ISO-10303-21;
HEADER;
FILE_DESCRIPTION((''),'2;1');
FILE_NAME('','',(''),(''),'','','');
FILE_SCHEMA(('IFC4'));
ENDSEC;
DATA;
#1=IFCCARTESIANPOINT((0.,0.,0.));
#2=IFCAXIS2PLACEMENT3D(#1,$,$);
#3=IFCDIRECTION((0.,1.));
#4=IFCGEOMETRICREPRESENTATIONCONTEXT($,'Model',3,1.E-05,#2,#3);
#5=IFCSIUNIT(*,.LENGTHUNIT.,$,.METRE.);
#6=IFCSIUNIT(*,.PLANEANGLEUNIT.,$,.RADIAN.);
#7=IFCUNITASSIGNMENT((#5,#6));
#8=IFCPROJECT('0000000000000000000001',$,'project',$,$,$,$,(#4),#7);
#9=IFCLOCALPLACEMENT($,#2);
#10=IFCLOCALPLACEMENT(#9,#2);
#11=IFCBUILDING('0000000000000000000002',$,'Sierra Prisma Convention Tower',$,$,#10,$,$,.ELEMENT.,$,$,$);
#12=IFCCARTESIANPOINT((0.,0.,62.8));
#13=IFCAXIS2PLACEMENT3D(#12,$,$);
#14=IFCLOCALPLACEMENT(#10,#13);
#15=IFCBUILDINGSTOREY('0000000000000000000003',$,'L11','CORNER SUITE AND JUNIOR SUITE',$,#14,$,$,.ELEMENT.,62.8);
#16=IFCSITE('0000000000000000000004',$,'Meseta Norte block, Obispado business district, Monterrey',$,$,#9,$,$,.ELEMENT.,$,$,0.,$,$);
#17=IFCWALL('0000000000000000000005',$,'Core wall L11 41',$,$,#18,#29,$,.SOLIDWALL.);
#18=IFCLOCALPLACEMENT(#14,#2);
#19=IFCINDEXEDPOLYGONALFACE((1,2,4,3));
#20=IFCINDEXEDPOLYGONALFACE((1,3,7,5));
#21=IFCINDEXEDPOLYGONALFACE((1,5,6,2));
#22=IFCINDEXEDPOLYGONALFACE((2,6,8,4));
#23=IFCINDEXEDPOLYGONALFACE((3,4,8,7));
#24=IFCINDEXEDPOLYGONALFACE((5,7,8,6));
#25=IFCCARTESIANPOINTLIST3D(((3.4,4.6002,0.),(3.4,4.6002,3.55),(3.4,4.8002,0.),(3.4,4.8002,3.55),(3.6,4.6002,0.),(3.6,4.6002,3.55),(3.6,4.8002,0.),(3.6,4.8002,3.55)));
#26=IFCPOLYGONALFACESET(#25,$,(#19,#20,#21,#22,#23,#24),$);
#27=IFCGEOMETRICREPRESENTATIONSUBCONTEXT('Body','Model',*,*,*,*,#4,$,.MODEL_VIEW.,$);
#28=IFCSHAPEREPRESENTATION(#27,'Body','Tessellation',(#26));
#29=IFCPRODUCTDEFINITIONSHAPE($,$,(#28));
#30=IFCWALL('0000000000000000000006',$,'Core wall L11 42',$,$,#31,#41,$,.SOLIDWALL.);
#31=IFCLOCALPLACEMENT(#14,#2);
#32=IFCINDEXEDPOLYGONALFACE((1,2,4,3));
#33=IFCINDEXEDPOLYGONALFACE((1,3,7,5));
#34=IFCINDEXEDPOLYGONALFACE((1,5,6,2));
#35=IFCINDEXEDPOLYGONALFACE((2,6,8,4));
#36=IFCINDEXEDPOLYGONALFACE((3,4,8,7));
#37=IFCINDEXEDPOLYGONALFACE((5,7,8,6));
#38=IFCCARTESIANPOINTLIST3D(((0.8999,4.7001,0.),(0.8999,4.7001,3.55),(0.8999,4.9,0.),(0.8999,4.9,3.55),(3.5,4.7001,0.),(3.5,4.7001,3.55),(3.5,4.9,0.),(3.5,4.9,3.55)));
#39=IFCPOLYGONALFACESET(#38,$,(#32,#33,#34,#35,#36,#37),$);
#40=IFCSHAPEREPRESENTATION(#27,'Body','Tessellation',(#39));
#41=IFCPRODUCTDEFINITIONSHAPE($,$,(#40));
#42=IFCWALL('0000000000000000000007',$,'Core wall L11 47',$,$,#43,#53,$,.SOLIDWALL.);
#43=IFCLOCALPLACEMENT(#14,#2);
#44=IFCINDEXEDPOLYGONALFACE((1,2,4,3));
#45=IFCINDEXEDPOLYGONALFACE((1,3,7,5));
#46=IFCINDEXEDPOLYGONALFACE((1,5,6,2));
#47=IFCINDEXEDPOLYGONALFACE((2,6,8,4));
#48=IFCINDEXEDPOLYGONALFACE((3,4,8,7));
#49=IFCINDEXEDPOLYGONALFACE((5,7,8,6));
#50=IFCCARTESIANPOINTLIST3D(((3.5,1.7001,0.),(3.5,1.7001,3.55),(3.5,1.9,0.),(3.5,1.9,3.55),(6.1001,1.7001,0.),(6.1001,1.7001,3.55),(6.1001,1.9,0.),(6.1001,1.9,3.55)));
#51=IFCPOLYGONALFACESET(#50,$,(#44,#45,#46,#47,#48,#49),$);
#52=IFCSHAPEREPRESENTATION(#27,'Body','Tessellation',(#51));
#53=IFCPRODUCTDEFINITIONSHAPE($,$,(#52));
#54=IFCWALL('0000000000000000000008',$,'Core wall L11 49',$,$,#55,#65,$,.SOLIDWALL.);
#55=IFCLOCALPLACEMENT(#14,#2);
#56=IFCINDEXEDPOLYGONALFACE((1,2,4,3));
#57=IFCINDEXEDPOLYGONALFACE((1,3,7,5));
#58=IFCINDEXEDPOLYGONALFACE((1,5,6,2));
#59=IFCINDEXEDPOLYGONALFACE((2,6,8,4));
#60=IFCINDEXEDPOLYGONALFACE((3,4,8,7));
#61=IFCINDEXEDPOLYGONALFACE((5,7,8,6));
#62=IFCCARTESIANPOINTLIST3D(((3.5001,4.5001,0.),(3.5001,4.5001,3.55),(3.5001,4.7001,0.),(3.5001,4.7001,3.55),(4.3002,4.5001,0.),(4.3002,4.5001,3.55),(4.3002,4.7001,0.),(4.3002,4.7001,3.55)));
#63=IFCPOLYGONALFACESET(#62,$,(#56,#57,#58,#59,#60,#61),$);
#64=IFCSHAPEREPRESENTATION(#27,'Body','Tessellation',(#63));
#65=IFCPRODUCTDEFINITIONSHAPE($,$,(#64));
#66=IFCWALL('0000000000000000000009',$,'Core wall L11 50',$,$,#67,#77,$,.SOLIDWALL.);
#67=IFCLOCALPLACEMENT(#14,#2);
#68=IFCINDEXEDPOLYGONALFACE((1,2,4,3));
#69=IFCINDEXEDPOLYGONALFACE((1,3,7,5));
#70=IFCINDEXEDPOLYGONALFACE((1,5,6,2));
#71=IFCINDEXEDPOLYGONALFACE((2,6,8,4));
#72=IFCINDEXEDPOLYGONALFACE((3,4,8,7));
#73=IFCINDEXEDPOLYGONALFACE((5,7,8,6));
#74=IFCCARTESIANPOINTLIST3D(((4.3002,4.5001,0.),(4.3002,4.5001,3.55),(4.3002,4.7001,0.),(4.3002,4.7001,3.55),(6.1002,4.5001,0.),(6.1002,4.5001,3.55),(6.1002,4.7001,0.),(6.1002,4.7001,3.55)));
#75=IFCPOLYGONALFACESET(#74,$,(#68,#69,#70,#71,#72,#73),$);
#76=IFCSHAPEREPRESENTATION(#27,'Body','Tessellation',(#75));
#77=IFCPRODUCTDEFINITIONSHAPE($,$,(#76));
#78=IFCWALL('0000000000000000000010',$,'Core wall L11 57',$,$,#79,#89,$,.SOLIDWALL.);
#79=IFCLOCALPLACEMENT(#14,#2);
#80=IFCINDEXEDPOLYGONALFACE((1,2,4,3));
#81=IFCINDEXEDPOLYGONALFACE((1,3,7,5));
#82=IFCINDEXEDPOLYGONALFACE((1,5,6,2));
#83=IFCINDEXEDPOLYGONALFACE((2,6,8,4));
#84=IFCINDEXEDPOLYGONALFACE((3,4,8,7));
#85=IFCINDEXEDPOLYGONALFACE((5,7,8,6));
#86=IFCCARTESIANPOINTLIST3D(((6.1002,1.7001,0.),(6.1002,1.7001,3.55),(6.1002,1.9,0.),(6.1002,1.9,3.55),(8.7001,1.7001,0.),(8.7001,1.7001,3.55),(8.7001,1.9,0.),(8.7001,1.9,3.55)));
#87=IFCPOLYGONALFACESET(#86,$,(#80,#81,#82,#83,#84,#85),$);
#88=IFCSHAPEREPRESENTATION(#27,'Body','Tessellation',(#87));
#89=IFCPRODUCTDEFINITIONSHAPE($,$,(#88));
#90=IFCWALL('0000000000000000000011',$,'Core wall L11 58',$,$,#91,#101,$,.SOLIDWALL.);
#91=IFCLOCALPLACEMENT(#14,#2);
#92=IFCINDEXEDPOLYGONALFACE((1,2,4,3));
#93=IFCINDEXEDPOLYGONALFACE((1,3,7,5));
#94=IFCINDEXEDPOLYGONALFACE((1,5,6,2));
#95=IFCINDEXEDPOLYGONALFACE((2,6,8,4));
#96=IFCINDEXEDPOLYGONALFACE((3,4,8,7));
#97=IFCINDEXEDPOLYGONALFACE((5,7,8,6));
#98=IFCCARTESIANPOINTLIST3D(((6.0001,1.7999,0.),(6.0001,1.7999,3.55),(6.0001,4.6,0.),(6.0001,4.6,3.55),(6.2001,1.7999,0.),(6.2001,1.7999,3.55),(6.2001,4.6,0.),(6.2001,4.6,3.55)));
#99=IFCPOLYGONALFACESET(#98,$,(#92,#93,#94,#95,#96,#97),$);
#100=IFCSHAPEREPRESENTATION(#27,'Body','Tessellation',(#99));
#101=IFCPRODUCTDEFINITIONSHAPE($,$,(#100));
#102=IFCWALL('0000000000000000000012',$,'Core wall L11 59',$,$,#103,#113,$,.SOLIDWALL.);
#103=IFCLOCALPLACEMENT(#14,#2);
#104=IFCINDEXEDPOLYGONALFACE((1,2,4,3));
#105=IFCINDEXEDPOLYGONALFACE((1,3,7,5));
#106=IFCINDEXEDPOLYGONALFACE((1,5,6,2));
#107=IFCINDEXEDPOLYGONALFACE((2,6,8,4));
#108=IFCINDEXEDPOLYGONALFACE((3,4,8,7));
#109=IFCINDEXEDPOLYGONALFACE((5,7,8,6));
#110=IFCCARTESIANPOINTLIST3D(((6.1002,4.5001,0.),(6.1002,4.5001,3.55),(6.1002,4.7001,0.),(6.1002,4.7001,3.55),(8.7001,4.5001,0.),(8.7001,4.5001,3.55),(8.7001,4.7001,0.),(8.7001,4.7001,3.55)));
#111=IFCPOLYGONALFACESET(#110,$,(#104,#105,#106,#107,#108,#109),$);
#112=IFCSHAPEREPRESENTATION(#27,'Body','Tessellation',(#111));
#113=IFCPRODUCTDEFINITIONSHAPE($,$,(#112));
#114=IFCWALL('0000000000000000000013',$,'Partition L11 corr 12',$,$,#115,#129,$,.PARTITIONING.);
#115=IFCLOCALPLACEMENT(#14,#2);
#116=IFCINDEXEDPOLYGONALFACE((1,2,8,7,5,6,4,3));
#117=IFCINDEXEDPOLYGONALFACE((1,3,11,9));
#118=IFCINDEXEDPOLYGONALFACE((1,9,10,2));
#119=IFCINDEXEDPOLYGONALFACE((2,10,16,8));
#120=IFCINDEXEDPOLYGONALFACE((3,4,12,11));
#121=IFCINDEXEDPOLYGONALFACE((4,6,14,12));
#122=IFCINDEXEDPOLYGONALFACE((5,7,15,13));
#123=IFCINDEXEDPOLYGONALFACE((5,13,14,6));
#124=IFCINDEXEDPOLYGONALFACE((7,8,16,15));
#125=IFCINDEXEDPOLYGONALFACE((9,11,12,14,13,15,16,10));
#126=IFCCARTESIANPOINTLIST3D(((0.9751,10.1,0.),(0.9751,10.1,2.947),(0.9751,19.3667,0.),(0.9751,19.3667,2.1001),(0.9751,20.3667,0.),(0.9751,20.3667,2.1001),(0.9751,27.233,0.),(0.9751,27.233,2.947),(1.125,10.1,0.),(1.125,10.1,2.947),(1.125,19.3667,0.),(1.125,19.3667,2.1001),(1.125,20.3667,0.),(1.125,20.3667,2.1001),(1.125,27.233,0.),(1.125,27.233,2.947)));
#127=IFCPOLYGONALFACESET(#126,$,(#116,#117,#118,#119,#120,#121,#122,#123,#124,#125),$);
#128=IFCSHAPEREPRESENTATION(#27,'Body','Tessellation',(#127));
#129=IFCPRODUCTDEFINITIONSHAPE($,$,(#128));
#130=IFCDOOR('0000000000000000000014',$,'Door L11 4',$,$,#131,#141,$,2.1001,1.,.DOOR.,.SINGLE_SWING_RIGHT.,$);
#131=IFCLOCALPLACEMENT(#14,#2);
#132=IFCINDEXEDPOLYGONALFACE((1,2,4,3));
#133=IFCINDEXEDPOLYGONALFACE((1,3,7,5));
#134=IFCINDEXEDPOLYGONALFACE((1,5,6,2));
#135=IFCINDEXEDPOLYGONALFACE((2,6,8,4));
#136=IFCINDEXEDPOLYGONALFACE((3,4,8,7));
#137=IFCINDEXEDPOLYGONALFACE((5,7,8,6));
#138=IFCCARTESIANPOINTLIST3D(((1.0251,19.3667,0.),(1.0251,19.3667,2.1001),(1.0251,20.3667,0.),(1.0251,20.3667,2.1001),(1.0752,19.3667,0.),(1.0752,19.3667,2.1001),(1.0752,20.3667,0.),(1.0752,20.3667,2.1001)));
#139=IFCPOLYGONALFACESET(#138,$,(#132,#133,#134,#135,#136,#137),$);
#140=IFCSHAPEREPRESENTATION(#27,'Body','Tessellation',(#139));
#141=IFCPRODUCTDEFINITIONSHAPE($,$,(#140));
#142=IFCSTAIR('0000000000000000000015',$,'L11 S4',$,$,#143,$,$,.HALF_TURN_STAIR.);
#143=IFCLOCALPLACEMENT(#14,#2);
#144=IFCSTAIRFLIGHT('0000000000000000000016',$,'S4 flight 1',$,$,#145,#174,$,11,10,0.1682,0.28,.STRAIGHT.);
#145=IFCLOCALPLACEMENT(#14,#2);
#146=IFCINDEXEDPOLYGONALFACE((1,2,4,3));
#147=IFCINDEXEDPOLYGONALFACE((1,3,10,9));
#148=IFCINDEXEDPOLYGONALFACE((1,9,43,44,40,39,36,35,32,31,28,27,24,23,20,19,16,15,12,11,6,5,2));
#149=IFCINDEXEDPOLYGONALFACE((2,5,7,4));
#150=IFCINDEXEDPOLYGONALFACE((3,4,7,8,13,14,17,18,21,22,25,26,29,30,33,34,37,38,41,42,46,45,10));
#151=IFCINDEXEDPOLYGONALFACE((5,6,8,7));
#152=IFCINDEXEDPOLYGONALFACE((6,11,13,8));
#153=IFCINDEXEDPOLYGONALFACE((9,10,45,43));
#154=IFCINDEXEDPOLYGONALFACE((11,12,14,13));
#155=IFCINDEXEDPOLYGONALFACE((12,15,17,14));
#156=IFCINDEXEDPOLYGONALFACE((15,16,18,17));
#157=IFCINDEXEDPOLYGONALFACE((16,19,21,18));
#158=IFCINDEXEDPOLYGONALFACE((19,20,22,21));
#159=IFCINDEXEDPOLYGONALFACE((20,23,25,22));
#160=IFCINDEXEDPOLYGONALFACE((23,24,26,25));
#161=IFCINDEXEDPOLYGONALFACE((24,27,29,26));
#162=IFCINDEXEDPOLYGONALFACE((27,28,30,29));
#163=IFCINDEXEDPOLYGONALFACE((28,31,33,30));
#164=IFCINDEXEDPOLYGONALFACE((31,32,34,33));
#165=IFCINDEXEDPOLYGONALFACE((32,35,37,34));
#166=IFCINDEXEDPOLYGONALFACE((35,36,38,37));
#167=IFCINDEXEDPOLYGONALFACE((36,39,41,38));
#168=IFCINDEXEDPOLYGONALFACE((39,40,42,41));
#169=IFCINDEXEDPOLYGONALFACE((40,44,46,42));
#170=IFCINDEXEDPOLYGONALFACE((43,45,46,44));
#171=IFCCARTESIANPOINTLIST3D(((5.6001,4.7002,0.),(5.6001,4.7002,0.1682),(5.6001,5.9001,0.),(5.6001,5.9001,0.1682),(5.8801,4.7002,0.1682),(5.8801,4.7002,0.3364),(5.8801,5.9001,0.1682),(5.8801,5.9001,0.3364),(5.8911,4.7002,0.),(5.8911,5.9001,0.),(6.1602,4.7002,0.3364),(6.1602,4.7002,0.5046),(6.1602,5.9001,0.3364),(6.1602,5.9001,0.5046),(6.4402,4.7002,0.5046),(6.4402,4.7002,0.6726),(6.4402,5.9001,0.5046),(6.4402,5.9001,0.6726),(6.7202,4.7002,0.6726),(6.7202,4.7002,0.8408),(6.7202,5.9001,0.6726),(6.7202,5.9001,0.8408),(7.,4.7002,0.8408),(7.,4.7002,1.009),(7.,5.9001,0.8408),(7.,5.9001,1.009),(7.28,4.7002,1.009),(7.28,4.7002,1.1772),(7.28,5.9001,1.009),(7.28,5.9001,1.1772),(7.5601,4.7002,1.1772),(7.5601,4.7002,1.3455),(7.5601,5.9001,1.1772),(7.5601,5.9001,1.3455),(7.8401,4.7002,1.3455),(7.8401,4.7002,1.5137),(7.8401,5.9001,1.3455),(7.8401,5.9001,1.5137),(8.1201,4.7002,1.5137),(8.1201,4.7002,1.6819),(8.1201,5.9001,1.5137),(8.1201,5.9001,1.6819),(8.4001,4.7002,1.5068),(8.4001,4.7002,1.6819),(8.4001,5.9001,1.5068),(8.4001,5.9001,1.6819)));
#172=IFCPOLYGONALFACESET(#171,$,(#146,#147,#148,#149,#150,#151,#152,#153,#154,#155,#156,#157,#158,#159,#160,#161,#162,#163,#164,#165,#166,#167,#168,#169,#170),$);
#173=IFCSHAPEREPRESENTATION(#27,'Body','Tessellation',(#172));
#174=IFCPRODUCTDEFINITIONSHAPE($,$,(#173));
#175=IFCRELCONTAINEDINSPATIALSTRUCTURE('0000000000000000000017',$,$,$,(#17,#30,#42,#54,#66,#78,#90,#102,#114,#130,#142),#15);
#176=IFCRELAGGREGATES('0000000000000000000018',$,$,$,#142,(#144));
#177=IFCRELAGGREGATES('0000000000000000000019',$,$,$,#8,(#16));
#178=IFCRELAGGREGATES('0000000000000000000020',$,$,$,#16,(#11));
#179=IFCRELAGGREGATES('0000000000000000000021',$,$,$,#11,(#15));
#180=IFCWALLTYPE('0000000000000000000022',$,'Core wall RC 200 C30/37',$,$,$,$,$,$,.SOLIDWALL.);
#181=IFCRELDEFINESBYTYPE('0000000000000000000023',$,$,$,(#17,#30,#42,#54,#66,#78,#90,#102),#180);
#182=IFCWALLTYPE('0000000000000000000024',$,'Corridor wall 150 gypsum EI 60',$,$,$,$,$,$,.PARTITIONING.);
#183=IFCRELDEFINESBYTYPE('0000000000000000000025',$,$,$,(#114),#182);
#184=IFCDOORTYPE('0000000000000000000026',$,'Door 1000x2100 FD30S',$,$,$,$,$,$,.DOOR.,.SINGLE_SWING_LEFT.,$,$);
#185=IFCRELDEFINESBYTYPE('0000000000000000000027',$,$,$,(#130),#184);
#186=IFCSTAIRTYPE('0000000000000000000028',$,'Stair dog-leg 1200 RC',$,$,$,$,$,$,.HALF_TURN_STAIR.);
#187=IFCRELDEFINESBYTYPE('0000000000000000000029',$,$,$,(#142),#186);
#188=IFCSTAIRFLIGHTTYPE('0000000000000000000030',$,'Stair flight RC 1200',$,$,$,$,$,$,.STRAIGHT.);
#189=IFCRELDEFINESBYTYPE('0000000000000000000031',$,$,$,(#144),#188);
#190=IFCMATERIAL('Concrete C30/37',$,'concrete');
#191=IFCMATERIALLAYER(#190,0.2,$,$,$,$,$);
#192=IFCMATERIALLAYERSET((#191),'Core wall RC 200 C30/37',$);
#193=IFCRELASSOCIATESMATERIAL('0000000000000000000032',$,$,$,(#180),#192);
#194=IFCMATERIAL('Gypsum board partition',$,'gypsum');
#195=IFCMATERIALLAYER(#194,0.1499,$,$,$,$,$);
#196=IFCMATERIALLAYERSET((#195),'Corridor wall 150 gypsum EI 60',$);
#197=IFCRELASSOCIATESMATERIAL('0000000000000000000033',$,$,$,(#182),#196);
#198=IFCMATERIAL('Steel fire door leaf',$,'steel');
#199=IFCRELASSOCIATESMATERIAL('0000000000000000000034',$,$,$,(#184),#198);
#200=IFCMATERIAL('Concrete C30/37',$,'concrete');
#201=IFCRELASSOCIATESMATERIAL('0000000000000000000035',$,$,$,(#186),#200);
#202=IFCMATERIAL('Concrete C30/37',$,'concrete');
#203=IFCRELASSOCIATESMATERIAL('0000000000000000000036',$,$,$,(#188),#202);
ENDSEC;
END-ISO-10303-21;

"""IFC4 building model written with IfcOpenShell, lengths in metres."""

from ifc_helpers import new_model, si_unit, direction, frame, frame_2d, origin, place, context, subcontext, project, spatial, polyline, rectangle, outline, extrude, material, layer, layer_set, type_object, element, fill, aggregate, save


model = new_model("IFC4")

# Units and contexts
model_context = context("Model", 3, precision=1e-05, world=origin(), true_north=direction((0.0, 1.0)))
body_context = subcontext(model_context, "Body", "Model", "MODEL_VIEW")
ifc_project = project(units=[si_unit("LENGTHUNIT", "METRE"), si_unit("PLANEANGLEUNIT", "RADIAN")], contexts=[model_context])

# Site, building, storey
site_placement = place(None, origin())
site = spatial("IfcSite", under=ifc_project, at=site_placement, Name="Meseta Norte block, Obispado business district, Monterrey", CompositionType="ELEMENT", RefElevation=0.0)
building_placement = place(site_placement, origin())
building = spatial("IfcBuilding", under=site, at=building_placement, Name="Sierra Prisma Convention Tower", CompositionType="ELEMENT")
storey_placement = place(building_placement, frame((0.0, 0.0, 62.8)))
storey = spatial("IfcBuildingStorey", under=building, at=storey_placement, Name="L11", Description="CORNER SUITE AND JUNIOR SUITE", CompositionType="ELEMENT", Elevation=62.8)

# Walls
ifc_material_1 = material(Name="Concrete C30/37", Category="concrete")
ifc_layer_1 = layer(ifc_material_1, 0.2)
ifc_layer_set_1 = layer_set([ifc_layer_1], Name="Core wall RC 200 C30/37")
wall_type_1 = type_object("IfcWallType", Name="Core wall RC 200 C30/37", PredefinedType="SOLIDWALL", material=ifc_layer_set_1)
wall_1_placement = place(storey_placement, frame((3.5, 4.6001, 0.0), z_axis=(0.0, 0.0, 1.0), x_axis=(0.0, 1.0, 0.0)))
element("IfcWall", 1, at=wall_1_placement, inside=storey, type_object=wall_type_1, Name="Core wall L11 41", PredefinedType="SOLIDWALL", context=body_context, shape_type="SweptSolid", body=[
    extrude(rectangle(XDim=0.2, YDim=0.2, at=frame_2d((0.1001, 0.0))), origin(), (0.0, 0.0, 1.0), 3.55),
])
wall_2_placement = place(storey_placement, frame((3.5, 4.8, 0.0), z_axis=(0.0, 0.0, 1.0), x_axis=(-1.0, 0.0, 0.0)))
element("IfcWall", 2, at=wall_2_placement, inside=storey, type_object=wall_type_1, Name="Core wall L11 42", PredefinedType="SOLIDWALL", context=body_context, shape_type="SweptSolid", body=[
    extrude(rectangle(XDim=2.6001, YDim=0.2, at=frame_2d((1.3, 0.0))), origin(), (0.0, 0.0, 1.0), 3.55),
])

# Walls
wall_3_placement = place(storey_placement, frame((6.1001, 1.8, 0.0), z_axis=(0.0, 0.0, 1.0), x_axis=(-1.0, 0.0, 0.0)))
element("IfcWall", 3, at=wall_3_placement, inside=storey, type_object=wall_type_1, Name="Core wall L11 47", PredefinedType="SOLIDWALL", context=body_context, shape_type="SweptSolid", body=[
    extrude(rectangle(XDim=2.6001, YDim=0.2, at=frame_2d((1.3, 0.0))), origin(), (0.0, 0.0, 1.0), 3.55),
])
wall_4_placement = place(storey_placement, frame((4.3, 4.6001, 0.0), z_axis=(0.0, 0.0, 1.0), x_axis=(-1.0, 0.0, 0.0)))
element("IfcWall", 4, at=wall_4_placement, inside=storey, type_object=wall_type_1, Name="Core wall L11 49", PredefinedType="SOLIDWALL", context=body_context, shape_type="SweptSolid", body=[
    extrude(rectangle(XDim=0.8, YDim=0.2, at=frame_2d((0.3999, 0.0))), origin(), (0.0, 0.0, 1.0), 3.55),
])
wall_5_placement = place(storey_placement, frame((6.1001, 4.6001, 0.0), z_axis=(0.0, 0.0, 1.0), x_axis=(-1.0, 0.0, 0.0)))
element("IfcWall", 5, at=wall_5_placement, inside=storey, type_object=wall_type_1, Name="Core wall L11 50", PredefinedType="SOLIDWALL", context=body_context, shape_type="SweptSolid", body=[
    extrude(rectangle(XDim=1.8, YDim=0.2, at=frame_2d((0.8999, 0.0))), origin(), (0.0, 0.0, 1.0), 3.55),
])

# Walls
wall_6_placement = place(storey_placement, frame((8.7, 1.8, 0.0), z_axis=(0.0, 0.0, 1.0), x_axis=(-1.0, 0.0, 0.0)))
element("IfcWall", 6, at=wall_6_placement, inside=storey, type_object=wall_type_1, Name="Core wall L11 57", PredefinedType="SOLIDWALL", context=body_context, shape_type="SweptSolid", body=[
    extrude(rectangle(XDim=2.5999, YDim=0.2, at=frame_2d((1.2998, 0.0))), origin(), (0.0, 0.0, 1.0), 3.55),
])
wall_7_placement = place(storey_placement, frame((6.1001, 1.8, 0.0), z_axis=(0.0, 0.0, 1.0), x_axis=(0.0, 1.0, 0.0)))
element("IfcWall", 7, at=wall_7_placement, inside=storey, type_object=wall_type_1, Name="Core wall L11 58", PredefinedType="SOLIDWALL", context=body_context, shape_type="SweptSolid", body=[
    extrude(rectangle(XDim=2.8, YDim=0.2, at=frame_2d((1.3999, 0.0))), origin(), (0.0, 0.0, 1.0), 3.55),
])
wall_8_placement = place(storey_placement, frame((8.7, 4.6001, 0.0), z_axis=(0.0, 0.0, 1.0), x_axis=(-1.0, 0.0, 0.0)))
element("IfcWall", 8, at=wall_8_placement, inside=storey, type_object=wall_type_1, Name="Core wall L11 59", PredefinedType="SOLIDWALL", context=body_context, shape_type="SweptSolid", body=[
    extrude(rectangle(XDim=2.5999, YDim=0.2, at=frame_2d((1.2998, 0.0))), origin(), (0.0, 0.0, 1.0), 3.55),
])

# Wall, opening, door
ifc_material_2 = material(Name="Gypsum board partition", Category="gypsum")
ifc_layer_2 = layer(ifc_material_2, 0.1499)
ifc_layer_set_2 = layer_set([ifc_layer_2], Name="Corridor wall 150 gypsum EI 60")
wall_type_2 = type_object("IfcWallType", Name="Corridor wall 150 gypsum EI 60", PredefinedType="PARTITIONING", material=ifc_layer_set_2)
wall_9_placement = place(storey_placement, frame((1.05, 10.1001, 0.0), z_axis=(0.0, 0.0, 1.0), x_axis=(0.0, 1.0, 0.0)))
wall_9 = element("IfcWall", 9, at=wall_9_placement, inside=storey, type_object=wall_type_2, Name="Partition L11 corr 12", PredefinedType="PARTITIONING", context=body_context, shape_type="SweptSolid", body=[
    extrude(rectangle(XDim=17.1331, YDim=0.1499, at=frame_2d((8.5664, 0.0))), origin(), (0.0, 0.0, 1.0), 2.947),
])
opening_1_placement = place(wall_9_placement, frame((9.2666, 0.0, 0.0)))
opening_1 = element("IfcOpeningElement", 10, at=opening_1_placement, cuts=wall_9, PredefinedType="OPENING", context=body_context, shape_type="SweptSolid", body=[
    extrude(rectangle(XDim=1.0, YDim=2.1001, at=frame_2d((0.5, 1.05))), frame((0.0, 0.075, 0.0), z_axis=(0.0, -1.0, 0.0), x_axis=(1.0, 0.0, 0.0)), (0.0, 0.0, 1.0), 0.1499),
])
ifc_material_3 = material(Name="Steel fire door leaf", Category="steel")
door_type_1 = type_object("IfcDoorType", Name="Door 1000x2100 FD30S", OperationType="SINGLE_SWING_LEFT", PredefinedType="DOOR", material=ifc_material_3)
door_1_placement = place(opening_1_placement, origin())
door_1 = element("IfcDoor", 11, at=door_1_placement, inside=storey, type_object=door_type_1, Name="Door L11 4", OperationType="SINGLE_SWING_RIGHT", OverallHeight=2.1001, OverallWidth=1.0, PredefinedType="DOOR", context=body_context, shape_type="SweptSolid", body=[
    extrude(rectangle(XDim=1.0, YDim=2.1001, at=frame_2d((0.5, 1.05))), frame((0.0, 0.0249, 0.0), z_axis=(0.0, -1.0, 0.0), x_axis=(1.0, 0.0, 0.0)), (0.0, 0.0, 1.0), 0.05),
])
fill(opening_1, door_1)

# Stair, stair flight
ifc_material_4 = material(Name="Concrete C30/37", Category="concrete")
stair_type = type_object("IfcStairType", Name="Stair dog-leg 1200 RC", PredefinedType="HALF_TURN_STAIR", material=ifc_material_4)
stair_placement = place(storey_placement, origin())
stair = element("IfcStair", 12, at=stair_placement, inside=storey, type_object=stair_type, Name="L11 S4", PredefinedType="HALF_TURN_STAIR")
ifc_material_5 = material(Name="Concrete C30/37", Category="concrete")
stair_flight_type = type_object("IfcStairFlightType", Name="Stair flight RC 1200", PredefinedType="STRAIGHT", material=ifc_material_5)
stair_flight_1_placement = place(storey_placement, frame((5.6001, 5.3, 0.0), z_axis=(0.0, 0.0, 1.0), x_axis=(1.0, 0.0, 0.0)))
stair_flight_1 = element("IfcStairFlight", 13, at=stair_flight_1_placement, type_object=stair_flight_type, Name="S4 flight 1", NumberOfRisers=11, NumberOfTreads=10, PredefinedType="STRAIGHT", RiserHeight=0.1682, TreadLength=0.28, context=body_context, shape_type="SweptSolid", body=[
    extrude(outline(polyline([(0.0, 0.0), (0.0, 0.1682), (0.28, 0.1682), (0.28, 0.3364), (0.5601, 0.3364), (0.5601, 0.5046), (0.8401, 0.5046), (0.8401, 0.6726), (1.1201, 0.6726), (1.1201, 0.8408), (1.3999, 0.8408), (1.3999, 1.009), (1.6799, 1.009), (1.6799, 1.1772), (1.96, 1.1772), (1.96, 1.3455), (2.24, 1.3455), (2.24, 1.5137), (2.52, 1.5137), (2.52, 1.6819), (2.8, 1.6819), (2.8, 1.8501), (2.8, 1.5068), (0.291, 0.0), (0.0, 0.0)])), frame((0.0, 0.6001, 0.0), z_axis=(0.0, -1.0, 0.0), x_axis=(1.0, 0.0, 0.0)), (0.0, 0.0, 1.0), 1.2),
])
aggregate(stair, [stair_flight_1])

save(model, "model.ifc")
